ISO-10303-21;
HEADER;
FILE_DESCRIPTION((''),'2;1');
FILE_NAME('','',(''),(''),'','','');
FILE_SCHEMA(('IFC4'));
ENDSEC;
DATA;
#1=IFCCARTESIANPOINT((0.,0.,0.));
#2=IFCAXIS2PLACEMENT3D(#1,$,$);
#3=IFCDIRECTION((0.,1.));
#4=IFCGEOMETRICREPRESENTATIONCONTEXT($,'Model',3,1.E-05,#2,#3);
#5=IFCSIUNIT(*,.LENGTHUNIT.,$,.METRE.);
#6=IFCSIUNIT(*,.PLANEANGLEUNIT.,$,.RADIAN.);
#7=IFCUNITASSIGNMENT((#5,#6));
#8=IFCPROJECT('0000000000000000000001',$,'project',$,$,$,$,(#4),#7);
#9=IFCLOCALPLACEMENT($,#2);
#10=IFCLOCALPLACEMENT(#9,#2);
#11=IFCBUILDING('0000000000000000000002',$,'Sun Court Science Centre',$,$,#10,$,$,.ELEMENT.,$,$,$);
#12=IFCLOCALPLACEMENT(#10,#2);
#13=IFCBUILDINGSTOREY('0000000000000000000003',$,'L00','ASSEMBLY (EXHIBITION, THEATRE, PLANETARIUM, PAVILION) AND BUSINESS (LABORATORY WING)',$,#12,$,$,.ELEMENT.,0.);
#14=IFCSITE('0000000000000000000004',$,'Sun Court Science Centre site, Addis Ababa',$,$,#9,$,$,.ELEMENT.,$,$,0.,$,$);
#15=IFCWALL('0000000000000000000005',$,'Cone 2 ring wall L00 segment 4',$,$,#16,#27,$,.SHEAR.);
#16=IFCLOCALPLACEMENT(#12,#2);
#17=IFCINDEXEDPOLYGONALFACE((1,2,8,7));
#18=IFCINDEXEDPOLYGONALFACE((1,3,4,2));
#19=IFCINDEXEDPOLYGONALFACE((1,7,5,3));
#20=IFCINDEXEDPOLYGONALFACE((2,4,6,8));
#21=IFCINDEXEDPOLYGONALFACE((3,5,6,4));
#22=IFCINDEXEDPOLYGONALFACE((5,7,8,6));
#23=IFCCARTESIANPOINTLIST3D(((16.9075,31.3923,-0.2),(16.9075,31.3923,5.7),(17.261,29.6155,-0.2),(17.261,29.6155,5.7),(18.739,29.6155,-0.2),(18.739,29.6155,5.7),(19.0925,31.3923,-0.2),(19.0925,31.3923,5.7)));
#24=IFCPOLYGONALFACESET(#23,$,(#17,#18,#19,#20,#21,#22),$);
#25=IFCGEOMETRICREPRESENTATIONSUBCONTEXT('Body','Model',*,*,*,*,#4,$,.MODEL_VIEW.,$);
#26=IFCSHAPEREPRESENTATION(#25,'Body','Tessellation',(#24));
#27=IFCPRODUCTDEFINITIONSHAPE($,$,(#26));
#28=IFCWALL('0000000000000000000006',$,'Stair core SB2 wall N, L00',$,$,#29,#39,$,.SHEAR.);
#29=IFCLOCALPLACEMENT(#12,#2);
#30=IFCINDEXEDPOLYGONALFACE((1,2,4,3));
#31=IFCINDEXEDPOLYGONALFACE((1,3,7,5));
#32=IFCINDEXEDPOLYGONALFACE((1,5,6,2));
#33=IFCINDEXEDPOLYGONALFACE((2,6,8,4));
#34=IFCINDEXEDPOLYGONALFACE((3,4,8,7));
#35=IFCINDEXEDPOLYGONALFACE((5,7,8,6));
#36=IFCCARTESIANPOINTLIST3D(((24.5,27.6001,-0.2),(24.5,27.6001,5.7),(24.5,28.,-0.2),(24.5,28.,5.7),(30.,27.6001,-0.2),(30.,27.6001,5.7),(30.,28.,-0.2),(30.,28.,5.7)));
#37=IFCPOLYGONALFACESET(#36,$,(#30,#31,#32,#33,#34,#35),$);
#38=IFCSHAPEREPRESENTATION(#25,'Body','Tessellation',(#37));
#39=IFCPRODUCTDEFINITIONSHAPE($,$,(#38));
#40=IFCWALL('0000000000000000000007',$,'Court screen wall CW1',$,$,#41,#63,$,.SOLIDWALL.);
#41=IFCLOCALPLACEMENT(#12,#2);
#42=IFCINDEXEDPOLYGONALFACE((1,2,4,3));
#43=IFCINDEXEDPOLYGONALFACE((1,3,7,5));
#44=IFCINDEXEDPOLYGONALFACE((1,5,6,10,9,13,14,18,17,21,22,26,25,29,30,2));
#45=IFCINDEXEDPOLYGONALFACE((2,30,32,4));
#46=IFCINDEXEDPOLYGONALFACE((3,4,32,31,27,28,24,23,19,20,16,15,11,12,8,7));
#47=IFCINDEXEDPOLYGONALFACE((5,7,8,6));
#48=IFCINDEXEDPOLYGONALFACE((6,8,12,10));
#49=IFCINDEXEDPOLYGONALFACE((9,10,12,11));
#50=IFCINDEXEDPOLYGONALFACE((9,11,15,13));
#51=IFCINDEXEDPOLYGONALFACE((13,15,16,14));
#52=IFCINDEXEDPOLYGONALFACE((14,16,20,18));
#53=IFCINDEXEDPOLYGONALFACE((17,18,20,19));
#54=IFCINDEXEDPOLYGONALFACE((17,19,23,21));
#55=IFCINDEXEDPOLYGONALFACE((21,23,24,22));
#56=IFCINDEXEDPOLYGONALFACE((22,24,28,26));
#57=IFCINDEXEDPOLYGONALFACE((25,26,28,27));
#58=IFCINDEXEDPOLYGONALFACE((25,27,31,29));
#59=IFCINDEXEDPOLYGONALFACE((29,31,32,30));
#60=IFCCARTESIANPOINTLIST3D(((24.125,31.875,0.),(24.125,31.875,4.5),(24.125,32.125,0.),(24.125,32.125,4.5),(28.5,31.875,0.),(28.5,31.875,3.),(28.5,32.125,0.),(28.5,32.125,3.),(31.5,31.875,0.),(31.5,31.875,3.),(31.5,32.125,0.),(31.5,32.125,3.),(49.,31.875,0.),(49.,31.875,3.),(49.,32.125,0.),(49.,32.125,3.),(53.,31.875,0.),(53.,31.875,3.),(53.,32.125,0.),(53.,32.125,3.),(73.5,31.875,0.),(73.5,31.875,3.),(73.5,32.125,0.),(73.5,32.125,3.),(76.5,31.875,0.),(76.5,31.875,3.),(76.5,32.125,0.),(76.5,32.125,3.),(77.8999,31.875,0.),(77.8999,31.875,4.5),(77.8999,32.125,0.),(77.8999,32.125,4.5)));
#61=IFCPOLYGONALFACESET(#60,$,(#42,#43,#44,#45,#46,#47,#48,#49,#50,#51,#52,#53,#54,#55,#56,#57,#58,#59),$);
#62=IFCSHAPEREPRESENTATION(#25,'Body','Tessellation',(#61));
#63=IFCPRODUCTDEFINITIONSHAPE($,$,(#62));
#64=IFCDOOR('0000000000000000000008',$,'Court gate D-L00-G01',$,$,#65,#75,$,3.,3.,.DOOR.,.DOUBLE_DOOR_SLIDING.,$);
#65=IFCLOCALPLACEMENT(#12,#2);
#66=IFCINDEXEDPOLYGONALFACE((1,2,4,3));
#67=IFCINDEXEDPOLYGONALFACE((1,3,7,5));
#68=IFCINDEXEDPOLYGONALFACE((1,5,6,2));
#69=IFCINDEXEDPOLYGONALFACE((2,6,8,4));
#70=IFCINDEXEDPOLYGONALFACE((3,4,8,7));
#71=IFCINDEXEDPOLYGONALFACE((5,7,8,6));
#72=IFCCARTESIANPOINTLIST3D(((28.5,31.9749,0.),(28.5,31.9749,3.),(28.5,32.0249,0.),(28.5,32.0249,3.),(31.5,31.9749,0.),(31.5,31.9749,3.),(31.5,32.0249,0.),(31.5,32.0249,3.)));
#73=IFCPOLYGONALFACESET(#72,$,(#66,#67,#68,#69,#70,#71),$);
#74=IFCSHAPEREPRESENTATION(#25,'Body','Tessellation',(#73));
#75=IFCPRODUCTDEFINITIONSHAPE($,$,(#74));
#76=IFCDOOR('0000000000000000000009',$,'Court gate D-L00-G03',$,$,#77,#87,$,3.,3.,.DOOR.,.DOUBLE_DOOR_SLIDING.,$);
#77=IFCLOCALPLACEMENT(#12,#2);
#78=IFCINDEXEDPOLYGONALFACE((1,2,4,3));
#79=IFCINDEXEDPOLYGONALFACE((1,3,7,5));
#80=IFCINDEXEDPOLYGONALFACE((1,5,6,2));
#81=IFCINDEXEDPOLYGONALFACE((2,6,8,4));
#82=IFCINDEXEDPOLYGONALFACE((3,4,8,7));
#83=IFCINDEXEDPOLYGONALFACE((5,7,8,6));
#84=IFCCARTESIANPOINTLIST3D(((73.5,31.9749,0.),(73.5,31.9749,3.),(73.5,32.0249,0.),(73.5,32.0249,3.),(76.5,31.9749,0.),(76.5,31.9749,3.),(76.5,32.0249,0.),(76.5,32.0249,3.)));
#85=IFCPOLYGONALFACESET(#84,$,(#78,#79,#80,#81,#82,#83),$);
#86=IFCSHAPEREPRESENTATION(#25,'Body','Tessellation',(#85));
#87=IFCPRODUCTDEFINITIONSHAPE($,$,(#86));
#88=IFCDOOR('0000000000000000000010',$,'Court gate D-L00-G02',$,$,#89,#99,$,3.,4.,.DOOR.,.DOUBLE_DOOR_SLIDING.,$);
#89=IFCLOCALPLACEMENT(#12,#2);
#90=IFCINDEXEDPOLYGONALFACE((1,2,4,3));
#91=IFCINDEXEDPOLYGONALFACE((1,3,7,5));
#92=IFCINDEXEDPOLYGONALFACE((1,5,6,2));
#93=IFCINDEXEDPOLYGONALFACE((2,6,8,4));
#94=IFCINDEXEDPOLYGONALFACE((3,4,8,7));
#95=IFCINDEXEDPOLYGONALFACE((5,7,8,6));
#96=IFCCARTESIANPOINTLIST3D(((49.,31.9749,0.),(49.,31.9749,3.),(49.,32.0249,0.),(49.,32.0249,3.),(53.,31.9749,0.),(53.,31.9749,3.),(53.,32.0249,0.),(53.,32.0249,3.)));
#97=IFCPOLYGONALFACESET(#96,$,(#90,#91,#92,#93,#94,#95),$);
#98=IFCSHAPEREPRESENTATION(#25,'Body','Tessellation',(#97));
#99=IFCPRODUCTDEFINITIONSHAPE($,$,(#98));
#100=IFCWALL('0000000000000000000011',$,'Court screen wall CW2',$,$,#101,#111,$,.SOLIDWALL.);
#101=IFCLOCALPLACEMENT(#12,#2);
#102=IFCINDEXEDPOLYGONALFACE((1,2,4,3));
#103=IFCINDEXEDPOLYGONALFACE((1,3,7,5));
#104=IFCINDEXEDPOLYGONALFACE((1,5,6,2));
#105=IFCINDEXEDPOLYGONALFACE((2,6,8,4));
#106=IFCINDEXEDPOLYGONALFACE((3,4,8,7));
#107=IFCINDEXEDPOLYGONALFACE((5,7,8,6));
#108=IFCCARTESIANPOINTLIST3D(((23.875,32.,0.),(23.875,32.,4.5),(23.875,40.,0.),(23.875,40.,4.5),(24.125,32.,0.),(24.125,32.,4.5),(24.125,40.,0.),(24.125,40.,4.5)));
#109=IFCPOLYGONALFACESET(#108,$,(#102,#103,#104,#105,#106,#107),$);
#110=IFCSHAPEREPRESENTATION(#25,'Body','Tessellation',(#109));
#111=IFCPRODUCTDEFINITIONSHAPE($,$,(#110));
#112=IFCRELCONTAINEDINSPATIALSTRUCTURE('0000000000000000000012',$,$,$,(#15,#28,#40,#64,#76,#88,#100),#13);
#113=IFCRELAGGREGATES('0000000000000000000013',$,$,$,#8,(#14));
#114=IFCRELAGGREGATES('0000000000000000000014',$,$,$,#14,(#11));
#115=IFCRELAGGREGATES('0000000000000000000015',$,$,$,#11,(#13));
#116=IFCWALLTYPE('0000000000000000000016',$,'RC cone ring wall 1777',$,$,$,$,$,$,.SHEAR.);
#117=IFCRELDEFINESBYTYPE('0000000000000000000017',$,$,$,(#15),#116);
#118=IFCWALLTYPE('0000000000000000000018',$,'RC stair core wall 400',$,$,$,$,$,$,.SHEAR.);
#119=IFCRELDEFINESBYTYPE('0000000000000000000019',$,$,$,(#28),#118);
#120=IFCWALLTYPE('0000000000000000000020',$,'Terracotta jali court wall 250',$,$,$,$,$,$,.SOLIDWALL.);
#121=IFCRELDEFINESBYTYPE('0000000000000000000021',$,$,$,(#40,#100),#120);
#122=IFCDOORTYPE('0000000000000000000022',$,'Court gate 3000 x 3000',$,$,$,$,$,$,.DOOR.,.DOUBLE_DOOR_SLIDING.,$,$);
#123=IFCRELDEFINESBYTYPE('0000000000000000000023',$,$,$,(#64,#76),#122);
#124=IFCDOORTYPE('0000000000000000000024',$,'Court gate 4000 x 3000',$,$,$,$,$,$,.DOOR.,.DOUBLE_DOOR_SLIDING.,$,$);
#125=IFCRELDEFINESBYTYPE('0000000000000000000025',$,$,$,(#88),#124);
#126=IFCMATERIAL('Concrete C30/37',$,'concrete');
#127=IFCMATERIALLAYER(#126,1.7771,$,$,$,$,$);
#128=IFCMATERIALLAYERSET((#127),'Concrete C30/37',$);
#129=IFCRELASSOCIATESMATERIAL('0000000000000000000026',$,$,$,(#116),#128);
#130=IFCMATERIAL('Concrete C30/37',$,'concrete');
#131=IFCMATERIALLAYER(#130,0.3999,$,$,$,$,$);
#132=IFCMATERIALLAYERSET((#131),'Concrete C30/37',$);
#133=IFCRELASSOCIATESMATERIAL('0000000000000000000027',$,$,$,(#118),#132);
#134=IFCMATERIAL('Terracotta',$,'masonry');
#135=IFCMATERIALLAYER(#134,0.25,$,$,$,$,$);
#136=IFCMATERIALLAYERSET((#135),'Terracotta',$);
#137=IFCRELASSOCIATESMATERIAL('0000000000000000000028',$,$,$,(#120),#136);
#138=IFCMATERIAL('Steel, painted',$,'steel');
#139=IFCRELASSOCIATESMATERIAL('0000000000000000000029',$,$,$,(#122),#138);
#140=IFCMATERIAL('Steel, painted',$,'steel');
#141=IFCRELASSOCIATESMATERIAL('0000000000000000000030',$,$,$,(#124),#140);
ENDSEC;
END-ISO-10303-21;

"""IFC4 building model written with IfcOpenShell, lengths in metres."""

from ifc_helpers import new_model, si_unit, direction, frame, frame_2d, origin, place, context, subcontext, project, spatial, polyline, rectangle, outline, extrude, material, layer, layer_set, type_object, element, fill, save


model = new_model("IFC4")

# Units and contexts
model_context = context("Model", 3, precision=1e-05, world=origin(), true_north=direction((0.0, 1.0)))
body_context = subcontext(model_context, "Body", "Model", "MODEL_VIEW")
ifc_project = project(units=[si_unit("LENGTHUNIT", "METRE"), si_unit("PLANEANGLEUNIT", "RADIAN")], contexts=[model_context])

# Site, building, storey
site_placement = place(None, origin())
site = spatial("IfcSite", under=ifc_project, at=site_placement, Name="Sun Court Science Centre site, Addis Ababa", CompositionType="ELEMENT", RefElevation=0.0)
building_placement = place(site_placement, origin())
building = spatial("IfcBuilding", under=site, at=building_placement, Name="Sun Court Science Centre", CompositionType="ELEMENT")
storey_placement = place(building_placement, origin())
storey = spatial("IfcBuildingStorey", under=building, at=storey_placement, Name="L00", Description="ASSEMBLY (EXHIBITION, THEATRE, PLANETARIUM, PAVILION) AND BUSINESS (LABORATORY WING)", CompositionType="ELEMENT", Elevation=0.0)

# Walls
ifc_material_1 = material(Name="Concrete C30/37", Category="concrete")
ifc_layer_1 = layer(ifc_material_1, 1.7771)
ifc_layer_set_1 = layer_set([ifc_layer_1], Name="Concrete C30/37")
wall_type_1 = type_object("IfcWallType", Name="RC cone ring wall 1777", PredefinedType="SHEAR", material=ifc_layer_set_1)
wall_1_placement = place(storey_placement, frame((19.0925, 30.5039, -0.2), z_axis=(0.0, 0.0, 1.0), x_axis=(-1.0, 0.0, 0.0)))
element("IfcWall", 1, at=wall_1_placement, inside=storey, type_object=wall_type_1, Name="Cone 2 ring wall L00 segment 4", PredefinedType="SHEAR", context=body_context, shape_type="SweptSolid", body=[
    extrude(outline(polyline([(0.0, -0.8884), (2.1851, -0.8884), (1.8315, 0.8884), (0.3535, 0.8884), (0.0, -0.8884)])), origin(), (0.0, 0.0, 1.0), 5.8999),
])
ifc_material_2 = material(Name="Concrete C30/37", Category="concrete")
ifc_layer_2 = layer(ifc_material_2, 0.3999)
ifc_layer_set_2 = layer_set([ifc_layer_2], Name="Concrete C30/37")
wall_type_2 = type_object("IfcWallType", Name="RC stair core wall 400", PredefinedType="SHEAR", material=ifc_layer_set_2)
wall_2_placement = place(storey_placement, frame((24.5, 27.8, -0.2), z_axis=(0.0, 0.0, 1.0), x_axis=(1.0, 0.0, 0.0)))
element("IfcWall", 2, at=wall_2_placement, inside=storey, type_object=wall_type_2, Name="Stair core SB2 wall N, L00", PredefinedType="SHEAR", context=body_context, shape_type="SweptSolid", body=[
    extrude(rectangle(XDim=5.5, YDim=0.3999, at=frame_2d((2.75, 0.0))), origin(), (0.0, 0.0, 1.0), 5.8999),
])

# Wall, openings, doors
ifc_material_3 = material(Name="Terracotta", Category="masonry")
ifc_layer_3 = layer(ifc_material_3, 0.25)
ifc_layer_set_3 = layer_set([ifc_layer_3], Name="Terracotta")
wall_type_3 = type_object("IfcWallType", Name="Terracotta jali court wall 250", PredefinedType="SOLIDWALL", material=ifc_layer_set_3)
wall_3_placement = place(storey_placement, frame((24.125, 32.0, 0.0), z_axis=(0.0, 0.0, 1.0), x_axis=(1.0, 0.0, 0.0)))
wall_3 = element("IfcWall", 3, at=wall_3_placement, inside=storey, type_object=wall_type_3, Name="Court screen wall CW1", PredefinedType="SOLIDWALL", context=body_context, shape_type="SweptSolid", body=[
    extrude(rectangle(XDim=53.7749, YDim=0.25, at=frame_2d((26.8875, 0.0))), origin(), (0.0, 0.0, 1.0), 4.5),
])
opening_1_placement = place(wall_3_placement, frame((4.375, 0.0, 0.0)))
opening_1 = element("IfcOpeningElement", 4, at=opening_1_placement, cuts=wall_3, PredefinedType="OPENING", context=body_context, shape_type="SweptSolid", body=[
    extrude(rectangle(XDim=3.0, YDim=3.0, at=frame_2d((1.5, 1.5))), frame((0.0, 0.135, 0.0), z_axis=(0.0, -1.0, 0.0), x_axis=(1.0, 0.0, 0.0)), (0.0, 0.0, 1.0), 0.27),
])
opening_2_placement = place(wall_3_placement, frame((24.875, 0.0, 0.0)))
opening_2 = element("IfcOpeningElement", 5, at=opening_2_placement, cuts=wall_3, PredefinedType="OPENING", context=body_context, shape_type="SweptSolid", body=[
    extrude(rectangle(XDim=4.0, YDim=3.0, at=frame_2d((2.0, 1.5))), frame((0.0, 0.135, 0.0), z_axis=(0.0, -1.0, 0.0), x_axis=(1.0, 0.0, 0.0)), (0.0, 0.0, 1.0), 0.27),
])
opening_3_placement = place(wall_3_placement, frame((49.375, 0.0, 0.0)))
opening_3 = element("IfcOpeningElement", 6, at=opening_3_placement, cuts=wall_3, PredefinedType="OPENING", context=body_context, shape_type="SweptSolid", body=[
    extrude(rectangle(XDim=3.0, YDim=3.0, at=frame_2d((1.5, 1.5))), frame((0.0, 0.135, 0.0), z_axis=(0.0, -1.0, 0.0), x_axis=(1.0, 0.0, 0.0)), (0.0, 0.0, 1.0), 0.27),
])
ifc_material_4 = material(Name="Steel, painted", Category="steel")
door_type_1 = type_object("IfcDoorType", Name="Court gate 3000 x 3000", OperationType="DOUBLE_DOOR_SLIDING", PredefinedType="DOOR", material=ifc_material_4)
door_1_placement = place(opening_1_placement, origin())
door_1 = element("IfcDoor", 7, at=door_1_placement, inside=storey, type_object=door_type_1, Name="Court gate D-L00-G01", OperationType="DOUBLE_DOOR_SLIDING", OverallHeight=3.0, OverallWidth=3.0, PredefinedType="DOOR", context=body_context, shape_type="SweptSolid", body=[
    extrude(rectangle(XDim=3.0, YDim=3.0, at=frame_2d((1.5, 1.5))), frame((0.0, 0.0249, 0.0), z_axis=(0.0, -1.0, 0.0), x_axis=(1.0, 0.0, 0.0)), (0.0, 0.0, 1.0), 0.05),
])
fill(opening_1, door_1)
door_2_placement = place(opening_3_placement, origin())
door_2 = element("IfcDoor", 8, at=door_2_placement, inside=storey, type_object=door_type_1, Name="Court gate D-L00-G03", OperationType="DOUBLE_DOOR_SLIDING", OverallHeight=3.0, OverallWidth=3.0, PredefinedType="DOOR", context=body_context, shape_type="SweptSolid", body=[
    extrude(rectangle(XDim=3.0, YDim=3.0, at=frame_2d((1.5, 1.5))), frame((0.0, 0.0249, 0.0), z_axis=(0.0, -1.0, 0.0), x_axis=(1.0, 0.0, 0.0)), (0.0, 0.0, 1.0), 0.05),
])
fill(opening_3, door_2)
ifc_material_5 = material(Name="Steel, painted", Category="steel")
door_type_2 = type_object("IfcDoorType", Name="Court gate 4000 x 3000", OperationType="DOUBLE_DOOR_SLIDING", PredefinedType="DOOR", material=ifc_material_5)
door_3_placement = place(opening_2_placement, origin())
door_3 = element("IfcDoor", 9, at=door_3_placement, inside=storey, type_object=door_type_2, Name="Court gate D-L00-G02", OperationType="DOUBLE_DOOR_SLIDING", OverallHeight=3.0, OverallWidth=4.0, PredefinedType="DOOR", context=body_context, shape_type="SweptSolid", body=[
    extrude(rectangle(XDim=4.0, YDim=3.0, at=frame_2d((2.0, 1.5))), frame((0.0, 0.0249, 0.0), z_axis=(0.0, -1.0, 0.0), x_axis=(1.0, 0.0, 0.0)), (0.0, 0.0, 1.0), 0.05),
])
fill(opening_2, door_3)

# Wall
wall_4_placement = place(storey_placement, frame((24.0, 32.0, 0.0), z_axis=(0.0, 0.0, 1.0), x_axis=(0.0, 1.0, 0.0)))
element("IfcWall", 10, at=wall_4_placement, inside=storey, type_object=wall_type_3, Name="Court screen wall CW2", PredefinedType="SOLIDWALL", context=body_context, shape_type="SweptSolid", body=[
    extrude(rectangle(XDim=8.0, YDim=0.25, at=frame_2d((4.0, 0.0))), origin(), (0.0, 0.0, 1.0), 4.5),
])

save(model, "model.ifc")
